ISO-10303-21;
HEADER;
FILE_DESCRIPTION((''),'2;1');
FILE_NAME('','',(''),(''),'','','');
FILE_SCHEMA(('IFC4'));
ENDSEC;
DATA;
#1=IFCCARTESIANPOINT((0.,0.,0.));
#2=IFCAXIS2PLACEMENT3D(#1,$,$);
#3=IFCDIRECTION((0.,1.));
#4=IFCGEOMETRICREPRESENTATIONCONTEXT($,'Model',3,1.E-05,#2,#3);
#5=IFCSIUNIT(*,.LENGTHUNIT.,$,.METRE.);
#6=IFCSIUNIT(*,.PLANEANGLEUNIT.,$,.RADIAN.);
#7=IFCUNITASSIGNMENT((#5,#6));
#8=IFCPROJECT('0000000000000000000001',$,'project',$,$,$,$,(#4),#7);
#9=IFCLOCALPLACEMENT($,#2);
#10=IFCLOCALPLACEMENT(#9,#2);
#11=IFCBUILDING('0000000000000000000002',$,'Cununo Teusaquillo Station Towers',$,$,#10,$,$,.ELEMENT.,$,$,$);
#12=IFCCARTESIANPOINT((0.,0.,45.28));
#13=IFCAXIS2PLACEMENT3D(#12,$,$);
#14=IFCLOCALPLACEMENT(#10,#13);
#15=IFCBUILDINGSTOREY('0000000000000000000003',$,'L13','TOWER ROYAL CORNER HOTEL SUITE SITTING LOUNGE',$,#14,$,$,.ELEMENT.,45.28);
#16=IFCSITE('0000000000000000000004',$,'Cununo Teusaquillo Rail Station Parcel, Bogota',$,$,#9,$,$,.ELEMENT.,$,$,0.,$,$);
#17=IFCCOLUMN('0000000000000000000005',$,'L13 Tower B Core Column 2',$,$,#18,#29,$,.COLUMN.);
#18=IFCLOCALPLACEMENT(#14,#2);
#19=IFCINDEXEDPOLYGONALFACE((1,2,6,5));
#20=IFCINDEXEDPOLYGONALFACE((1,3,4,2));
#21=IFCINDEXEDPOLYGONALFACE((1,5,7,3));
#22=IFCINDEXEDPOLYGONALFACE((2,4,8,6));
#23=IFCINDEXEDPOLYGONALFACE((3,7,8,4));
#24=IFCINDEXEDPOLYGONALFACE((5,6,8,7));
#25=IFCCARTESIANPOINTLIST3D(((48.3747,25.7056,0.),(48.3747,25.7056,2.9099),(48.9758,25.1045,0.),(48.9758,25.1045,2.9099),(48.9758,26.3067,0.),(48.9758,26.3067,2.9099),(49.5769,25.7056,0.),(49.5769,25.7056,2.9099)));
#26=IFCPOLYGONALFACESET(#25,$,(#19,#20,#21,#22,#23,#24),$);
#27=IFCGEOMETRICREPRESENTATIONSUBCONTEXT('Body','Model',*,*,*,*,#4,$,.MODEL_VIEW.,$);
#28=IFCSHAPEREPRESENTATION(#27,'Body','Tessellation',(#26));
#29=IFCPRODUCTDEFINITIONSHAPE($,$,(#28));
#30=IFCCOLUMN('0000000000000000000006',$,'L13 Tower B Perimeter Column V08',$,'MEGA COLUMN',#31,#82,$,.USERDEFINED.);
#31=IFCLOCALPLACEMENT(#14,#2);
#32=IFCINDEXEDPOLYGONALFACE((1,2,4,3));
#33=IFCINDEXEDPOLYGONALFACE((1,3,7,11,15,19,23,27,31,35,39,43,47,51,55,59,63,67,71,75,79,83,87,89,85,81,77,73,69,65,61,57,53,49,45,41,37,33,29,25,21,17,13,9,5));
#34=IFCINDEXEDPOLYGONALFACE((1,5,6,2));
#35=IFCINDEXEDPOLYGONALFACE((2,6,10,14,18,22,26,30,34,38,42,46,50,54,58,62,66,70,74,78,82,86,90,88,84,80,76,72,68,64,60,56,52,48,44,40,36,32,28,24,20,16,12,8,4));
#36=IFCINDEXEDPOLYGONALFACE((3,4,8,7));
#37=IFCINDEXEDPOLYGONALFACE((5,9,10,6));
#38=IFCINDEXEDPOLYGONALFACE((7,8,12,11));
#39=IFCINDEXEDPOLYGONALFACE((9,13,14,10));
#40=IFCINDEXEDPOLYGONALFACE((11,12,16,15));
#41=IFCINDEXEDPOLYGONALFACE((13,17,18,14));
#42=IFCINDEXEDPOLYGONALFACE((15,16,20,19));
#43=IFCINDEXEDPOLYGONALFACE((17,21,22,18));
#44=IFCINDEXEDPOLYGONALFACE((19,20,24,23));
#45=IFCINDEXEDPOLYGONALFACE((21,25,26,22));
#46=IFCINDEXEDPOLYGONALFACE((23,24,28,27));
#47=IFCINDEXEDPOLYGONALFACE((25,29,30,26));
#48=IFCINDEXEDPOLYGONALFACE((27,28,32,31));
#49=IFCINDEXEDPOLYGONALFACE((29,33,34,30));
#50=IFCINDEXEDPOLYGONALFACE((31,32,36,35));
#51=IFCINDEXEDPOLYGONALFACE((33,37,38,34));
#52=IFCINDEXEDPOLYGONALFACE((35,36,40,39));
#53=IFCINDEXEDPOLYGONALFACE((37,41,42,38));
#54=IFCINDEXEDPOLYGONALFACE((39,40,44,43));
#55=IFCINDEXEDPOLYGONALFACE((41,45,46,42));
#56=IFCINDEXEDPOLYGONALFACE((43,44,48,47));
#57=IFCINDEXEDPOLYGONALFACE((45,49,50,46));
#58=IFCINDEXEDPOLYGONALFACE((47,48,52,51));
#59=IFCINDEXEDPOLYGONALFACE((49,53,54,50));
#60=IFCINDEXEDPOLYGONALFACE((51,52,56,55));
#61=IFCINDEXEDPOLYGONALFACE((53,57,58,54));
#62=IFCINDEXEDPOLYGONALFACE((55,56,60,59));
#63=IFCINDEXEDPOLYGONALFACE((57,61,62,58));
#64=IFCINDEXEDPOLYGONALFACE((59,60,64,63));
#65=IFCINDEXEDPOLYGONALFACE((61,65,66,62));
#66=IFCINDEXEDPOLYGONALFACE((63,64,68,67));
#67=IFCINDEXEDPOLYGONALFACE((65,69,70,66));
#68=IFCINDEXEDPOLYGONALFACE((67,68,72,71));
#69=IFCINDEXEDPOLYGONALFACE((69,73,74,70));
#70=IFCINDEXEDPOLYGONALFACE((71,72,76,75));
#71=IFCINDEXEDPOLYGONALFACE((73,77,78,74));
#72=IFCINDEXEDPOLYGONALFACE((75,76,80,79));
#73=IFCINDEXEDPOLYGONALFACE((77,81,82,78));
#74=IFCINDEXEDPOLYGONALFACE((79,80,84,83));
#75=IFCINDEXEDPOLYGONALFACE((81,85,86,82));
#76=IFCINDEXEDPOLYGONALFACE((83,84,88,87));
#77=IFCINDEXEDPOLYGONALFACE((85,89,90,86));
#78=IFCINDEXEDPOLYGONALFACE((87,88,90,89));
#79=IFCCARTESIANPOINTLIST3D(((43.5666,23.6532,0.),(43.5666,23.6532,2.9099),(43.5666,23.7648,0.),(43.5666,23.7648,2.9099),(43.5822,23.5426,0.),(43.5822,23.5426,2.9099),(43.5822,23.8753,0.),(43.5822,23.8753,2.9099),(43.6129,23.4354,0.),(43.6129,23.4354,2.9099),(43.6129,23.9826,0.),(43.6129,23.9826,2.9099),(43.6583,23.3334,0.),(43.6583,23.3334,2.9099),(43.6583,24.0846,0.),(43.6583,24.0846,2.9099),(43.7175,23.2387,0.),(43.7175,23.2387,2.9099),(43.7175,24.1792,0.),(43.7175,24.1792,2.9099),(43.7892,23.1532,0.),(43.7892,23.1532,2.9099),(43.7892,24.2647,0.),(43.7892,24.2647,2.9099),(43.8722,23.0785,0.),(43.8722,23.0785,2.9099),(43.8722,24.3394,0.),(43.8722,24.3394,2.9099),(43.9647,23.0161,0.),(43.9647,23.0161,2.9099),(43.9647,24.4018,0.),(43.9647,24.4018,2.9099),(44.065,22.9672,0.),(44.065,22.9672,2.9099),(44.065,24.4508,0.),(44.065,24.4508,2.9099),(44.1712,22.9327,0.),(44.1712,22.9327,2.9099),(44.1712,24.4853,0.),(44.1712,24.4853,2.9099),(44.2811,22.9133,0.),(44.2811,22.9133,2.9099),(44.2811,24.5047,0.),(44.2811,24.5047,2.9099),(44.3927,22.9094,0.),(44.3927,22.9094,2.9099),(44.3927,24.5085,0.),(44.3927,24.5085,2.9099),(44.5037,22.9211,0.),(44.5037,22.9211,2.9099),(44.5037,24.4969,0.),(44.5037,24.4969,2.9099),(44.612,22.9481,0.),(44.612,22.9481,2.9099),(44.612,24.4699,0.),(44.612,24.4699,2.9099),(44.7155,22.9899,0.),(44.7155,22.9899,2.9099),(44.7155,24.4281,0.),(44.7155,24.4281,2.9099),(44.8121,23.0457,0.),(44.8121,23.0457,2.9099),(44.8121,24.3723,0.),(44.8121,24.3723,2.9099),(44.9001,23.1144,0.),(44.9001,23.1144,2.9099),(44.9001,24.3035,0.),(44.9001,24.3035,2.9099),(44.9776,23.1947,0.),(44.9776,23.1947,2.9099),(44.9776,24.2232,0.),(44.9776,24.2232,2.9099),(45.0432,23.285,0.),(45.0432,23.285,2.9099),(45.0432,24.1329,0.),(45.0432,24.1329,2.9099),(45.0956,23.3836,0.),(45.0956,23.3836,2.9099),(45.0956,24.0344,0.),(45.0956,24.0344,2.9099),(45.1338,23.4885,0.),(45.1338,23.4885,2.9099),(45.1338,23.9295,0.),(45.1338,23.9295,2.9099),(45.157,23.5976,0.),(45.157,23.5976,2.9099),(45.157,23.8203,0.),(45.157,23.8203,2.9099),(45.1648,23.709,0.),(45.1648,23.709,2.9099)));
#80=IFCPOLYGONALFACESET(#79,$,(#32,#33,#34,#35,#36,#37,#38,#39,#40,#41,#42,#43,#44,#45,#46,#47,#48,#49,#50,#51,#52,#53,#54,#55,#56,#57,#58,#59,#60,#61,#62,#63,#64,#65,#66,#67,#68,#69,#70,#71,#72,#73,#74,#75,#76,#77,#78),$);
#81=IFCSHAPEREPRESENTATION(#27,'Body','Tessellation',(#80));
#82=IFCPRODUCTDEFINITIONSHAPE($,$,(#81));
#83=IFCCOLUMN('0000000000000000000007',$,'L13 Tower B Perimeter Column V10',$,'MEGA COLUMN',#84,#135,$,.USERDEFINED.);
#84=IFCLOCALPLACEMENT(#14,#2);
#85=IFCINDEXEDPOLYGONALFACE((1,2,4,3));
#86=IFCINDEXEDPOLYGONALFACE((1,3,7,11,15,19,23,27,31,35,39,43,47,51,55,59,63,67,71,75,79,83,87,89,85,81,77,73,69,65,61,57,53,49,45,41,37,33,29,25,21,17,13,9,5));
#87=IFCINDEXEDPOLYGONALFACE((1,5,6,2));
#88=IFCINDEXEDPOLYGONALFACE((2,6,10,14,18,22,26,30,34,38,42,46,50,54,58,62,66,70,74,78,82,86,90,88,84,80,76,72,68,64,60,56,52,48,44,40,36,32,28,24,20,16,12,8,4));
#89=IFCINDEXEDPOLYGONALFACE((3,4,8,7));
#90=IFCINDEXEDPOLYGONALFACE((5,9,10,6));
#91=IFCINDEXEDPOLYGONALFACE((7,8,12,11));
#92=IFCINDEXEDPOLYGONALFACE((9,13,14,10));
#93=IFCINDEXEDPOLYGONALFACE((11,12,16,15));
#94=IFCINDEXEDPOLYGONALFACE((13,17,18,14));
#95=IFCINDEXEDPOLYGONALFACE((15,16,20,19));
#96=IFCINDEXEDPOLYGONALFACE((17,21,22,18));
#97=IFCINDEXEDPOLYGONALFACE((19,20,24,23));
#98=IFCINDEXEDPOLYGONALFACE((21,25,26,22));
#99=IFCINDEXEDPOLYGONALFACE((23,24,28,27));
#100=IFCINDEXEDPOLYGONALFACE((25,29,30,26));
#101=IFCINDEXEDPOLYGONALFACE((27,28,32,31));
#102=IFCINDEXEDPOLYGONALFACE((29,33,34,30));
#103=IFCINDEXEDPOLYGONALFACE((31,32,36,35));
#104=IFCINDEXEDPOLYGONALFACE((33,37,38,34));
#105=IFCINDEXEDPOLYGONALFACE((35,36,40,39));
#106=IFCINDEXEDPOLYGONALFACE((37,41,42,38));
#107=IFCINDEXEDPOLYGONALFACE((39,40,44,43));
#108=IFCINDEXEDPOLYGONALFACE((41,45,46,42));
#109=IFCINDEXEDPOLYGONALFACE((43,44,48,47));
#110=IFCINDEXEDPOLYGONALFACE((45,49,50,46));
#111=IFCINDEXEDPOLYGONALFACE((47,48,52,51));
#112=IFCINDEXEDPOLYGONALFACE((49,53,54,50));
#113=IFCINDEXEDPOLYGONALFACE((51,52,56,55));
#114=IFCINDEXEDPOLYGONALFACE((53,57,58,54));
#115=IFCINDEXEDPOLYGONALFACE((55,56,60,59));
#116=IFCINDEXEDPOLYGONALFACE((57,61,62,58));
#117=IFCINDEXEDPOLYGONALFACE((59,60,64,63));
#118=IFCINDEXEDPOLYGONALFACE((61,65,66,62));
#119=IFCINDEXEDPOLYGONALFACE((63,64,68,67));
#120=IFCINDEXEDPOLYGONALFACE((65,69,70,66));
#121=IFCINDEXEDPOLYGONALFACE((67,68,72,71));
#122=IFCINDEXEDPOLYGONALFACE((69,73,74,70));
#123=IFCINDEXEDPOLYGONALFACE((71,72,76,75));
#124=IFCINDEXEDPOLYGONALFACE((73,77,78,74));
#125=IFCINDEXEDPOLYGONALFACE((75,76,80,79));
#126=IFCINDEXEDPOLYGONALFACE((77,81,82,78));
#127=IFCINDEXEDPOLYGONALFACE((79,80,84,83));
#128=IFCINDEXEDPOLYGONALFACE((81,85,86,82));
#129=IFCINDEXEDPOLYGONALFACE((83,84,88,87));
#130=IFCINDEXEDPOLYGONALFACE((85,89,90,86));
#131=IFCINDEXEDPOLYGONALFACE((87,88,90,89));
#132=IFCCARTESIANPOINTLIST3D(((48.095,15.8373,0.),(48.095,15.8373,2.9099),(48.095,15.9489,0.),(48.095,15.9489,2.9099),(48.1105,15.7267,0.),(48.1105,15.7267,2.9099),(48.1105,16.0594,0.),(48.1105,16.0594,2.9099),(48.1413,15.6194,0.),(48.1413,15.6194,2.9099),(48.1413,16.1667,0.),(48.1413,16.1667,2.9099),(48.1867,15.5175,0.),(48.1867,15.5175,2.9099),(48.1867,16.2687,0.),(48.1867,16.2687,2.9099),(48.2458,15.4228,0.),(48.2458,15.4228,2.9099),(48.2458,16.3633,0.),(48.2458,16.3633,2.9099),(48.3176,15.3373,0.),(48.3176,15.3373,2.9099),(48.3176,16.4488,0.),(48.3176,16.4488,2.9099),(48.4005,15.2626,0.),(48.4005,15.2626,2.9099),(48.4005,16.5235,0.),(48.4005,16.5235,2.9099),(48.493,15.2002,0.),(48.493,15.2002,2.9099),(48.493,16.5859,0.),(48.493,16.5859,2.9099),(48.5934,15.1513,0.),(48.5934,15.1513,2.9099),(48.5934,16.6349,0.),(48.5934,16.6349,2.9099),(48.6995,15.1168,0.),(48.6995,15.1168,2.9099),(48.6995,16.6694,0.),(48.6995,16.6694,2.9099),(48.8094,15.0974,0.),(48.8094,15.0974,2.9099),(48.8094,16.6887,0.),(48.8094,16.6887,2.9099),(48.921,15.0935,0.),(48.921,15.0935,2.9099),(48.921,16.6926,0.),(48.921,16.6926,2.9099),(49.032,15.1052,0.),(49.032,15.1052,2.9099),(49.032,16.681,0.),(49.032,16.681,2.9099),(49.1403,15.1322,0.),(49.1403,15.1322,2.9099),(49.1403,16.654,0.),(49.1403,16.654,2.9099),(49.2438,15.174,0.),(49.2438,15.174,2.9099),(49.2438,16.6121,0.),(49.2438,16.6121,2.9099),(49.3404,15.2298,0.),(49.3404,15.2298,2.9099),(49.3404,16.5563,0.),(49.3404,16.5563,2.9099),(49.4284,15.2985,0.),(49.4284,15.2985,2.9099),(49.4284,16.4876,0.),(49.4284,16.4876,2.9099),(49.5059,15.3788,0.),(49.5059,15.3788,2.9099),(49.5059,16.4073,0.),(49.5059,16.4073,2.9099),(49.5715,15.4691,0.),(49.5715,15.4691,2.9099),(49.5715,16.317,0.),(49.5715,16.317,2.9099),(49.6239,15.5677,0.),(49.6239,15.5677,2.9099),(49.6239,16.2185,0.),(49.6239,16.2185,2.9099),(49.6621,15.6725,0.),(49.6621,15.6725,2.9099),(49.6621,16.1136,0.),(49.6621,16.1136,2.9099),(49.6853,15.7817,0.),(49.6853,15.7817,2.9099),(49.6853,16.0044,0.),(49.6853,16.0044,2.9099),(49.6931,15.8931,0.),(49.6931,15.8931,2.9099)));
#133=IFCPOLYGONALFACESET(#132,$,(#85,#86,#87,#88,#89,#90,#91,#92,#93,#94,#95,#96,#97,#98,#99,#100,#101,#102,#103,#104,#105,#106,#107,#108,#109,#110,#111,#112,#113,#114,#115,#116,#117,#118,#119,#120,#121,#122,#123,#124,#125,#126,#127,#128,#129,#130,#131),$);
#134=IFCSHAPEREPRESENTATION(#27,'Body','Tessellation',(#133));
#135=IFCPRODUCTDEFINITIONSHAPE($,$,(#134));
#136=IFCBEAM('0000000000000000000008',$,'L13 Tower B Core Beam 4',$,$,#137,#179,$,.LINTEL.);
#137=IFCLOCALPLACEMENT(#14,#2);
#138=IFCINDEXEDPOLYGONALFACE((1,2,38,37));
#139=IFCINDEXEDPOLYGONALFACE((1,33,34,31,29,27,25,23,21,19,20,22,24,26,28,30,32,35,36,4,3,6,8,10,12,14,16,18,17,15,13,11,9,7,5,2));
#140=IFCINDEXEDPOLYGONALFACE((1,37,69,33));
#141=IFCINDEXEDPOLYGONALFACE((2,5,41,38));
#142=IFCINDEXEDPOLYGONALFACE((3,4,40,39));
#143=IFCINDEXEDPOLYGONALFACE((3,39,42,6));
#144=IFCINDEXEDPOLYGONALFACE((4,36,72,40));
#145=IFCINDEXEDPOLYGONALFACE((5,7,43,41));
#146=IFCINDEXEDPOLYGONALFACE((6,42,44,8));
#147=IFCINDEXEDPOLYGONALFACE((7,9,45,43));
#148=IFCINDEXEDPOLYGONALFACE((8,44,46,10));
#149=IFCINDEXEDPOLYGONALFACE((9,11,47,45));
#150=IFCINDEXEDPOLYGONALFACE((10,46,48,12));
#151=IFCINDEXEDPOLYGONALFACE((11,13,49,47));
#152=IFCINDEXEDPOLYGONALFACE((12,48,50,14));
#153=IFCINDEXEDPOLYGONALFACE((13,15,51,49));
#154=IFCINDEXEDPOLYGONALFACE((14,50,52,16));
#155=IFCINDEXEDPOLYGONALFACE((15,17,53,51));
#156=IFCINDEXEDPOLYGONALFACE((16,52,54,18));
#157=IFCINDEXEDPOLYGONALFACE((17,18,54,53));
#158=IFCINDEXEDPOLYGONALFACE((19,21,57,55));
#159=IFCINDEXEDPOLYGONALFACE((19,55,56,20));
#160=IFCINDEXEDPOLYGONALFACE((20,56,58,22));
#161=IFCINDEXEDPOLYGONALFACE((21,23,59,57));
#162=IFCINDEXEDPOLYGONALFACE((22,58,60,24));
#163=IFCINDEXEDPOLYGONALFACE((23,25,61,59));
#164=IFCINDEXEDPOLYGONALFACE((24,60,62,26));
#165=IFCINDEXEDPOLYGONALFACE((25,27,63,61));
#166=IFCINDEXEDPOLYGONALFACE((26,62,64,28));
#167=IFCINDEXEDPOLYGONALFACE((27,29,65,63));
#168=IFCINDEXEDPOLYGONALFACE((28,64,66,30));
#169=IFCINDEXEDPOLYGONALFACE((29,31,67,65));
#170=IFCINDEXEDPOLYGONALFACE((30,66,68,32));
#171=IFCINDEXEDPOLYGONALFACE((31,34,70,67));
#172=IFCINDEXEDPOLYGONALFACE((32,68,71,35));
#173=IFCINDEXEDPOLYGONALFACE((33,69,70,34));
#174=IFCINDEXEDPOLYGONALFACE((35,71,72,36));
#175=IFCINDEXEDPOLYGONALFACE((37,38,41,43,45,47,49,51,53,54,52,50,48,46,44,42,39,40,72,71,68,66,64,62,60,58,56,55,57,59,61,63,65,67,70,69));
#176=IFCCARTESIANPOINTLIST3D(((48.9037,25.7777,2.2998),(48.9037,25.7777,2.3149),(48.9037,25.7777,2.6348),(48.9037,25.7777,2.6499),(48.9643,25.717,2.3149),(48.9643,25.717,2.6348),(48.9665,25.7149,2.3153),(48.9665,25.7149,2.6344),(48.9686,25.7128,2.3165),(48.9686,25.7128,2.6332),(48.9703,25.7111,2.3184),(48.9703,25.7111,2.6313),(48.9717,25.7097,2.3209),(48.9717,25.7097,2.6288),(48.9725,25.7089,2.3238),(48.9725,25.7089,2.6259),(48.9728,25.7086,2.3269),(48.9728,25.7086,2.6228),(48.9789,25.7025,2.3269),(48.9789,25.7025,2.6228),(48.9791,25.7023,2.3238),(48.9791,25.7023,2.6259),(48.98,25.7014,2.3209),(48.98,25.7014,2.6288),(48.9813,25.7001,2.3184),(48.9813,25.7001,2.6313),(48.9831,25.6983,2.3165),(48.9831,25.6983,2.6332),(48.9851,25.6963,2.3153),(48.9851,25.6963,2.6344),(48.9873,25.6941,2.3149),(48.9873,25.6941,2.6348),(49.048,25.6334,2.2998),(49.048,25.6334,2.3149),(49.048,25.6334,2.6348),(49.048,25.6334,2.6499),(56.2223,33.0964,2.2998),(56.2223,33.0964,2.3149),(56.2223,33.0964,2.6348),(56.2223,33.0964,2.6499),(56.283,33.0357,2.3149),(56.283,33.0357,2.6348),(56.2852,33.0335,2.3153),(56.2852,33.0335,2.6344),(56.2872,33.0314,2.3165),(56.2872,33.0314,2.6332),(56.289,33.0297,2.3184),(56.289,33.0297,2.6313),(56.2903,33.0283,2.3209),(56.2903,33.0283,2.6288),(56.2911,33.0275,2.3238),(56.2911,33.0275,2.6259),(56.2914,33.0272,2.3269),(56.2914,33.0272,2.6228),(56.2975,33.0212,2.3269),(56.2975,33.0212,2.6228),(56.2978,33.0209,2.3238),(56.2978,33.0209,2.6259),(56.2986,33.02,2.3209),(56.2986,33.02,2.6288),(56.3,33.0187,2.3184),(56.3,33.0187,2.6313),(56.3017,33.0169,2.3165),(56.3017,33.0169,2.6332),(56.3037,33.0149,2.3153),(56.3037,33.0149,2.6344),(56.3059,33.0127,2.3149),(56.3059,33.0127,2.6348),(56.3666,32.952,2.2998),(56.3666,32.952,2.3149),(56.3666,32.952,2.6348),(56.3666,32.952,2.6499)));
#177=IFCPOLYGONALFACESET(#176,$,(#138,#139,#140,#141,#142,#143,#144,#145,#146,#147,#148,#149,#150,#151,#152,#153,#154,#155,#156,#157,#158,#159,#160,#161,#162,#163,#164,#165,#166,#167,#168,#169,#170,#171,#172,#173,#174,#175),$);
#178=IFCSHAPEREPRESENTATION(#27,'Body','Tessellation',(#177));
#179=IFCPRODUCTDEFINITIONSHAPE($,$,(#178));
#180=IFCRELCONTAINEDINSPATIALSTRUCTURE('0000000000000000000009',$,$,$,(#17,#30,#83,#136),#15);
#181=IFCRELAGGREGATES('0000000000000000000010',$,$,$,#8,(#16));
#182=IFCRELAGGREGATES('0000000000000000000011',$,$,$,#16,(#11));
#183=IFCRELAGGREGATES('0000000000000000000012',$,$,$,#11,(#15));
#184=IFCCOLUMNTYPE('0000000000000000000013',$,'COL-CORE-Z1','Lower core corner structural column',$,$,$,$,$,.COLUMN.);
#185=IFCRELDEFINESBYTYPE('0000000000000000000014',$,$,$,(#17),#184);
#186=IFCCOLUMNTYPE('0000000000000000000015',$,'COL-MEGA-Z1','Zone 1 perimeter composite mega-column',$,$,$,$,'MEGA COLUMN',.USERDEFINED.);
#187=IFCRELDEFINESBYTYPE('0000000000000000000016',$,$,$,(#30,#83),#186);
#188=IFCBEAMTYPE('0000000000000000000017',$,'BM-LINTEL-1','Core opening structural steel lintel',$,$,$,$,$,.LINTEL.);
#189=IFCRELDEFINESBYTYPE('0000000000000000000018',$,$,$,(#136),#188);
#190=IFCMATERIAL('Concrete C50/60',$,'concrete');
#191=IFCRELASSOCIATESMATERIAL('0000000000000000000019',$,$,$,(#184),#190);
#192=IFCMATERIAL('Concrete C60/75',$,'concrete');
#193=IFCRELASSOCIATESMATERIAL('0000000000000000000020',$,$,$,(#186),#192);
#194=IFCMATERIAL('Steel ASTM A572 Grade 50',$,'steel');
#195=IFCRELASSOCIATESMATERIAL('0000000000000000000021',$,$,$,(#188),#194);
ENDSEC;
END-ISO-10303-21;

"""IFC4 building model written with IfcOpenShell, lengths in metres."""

from ifc_helpers import new_model, si_unit, direction, frame, origin, origin_2d, place, context, subcontext, project, spatial, rectangle, circle, i_section, extrude, material, material_profile, profile_set, type_object, element, save


model = new_model("IFC4")

# Units and contexts
model_context = context("Model", 3, precision=1e-05, world=origin(), true_north=direction((0.0, 1.0)))
body_context = subcontext(model_context, "Body", "Model", "MODEL_VIEW")
ifc_project = project(units=[si_unit("LENGTHUNIT", "METRE"), si_unit("PLANEANGLEUNIT", "RADIAN")], contexts=[model_context])

# Site, building, storey
site_placement = place(None, origin())
site = spatial("IfcSite", under=ifc_project, at=site_placement, Name="Cununo Teusaquillo Rail Station Parcel, Bogota", CompositionType="ELEMENT", RefElevation=0.0)
building_placement = place(site_placement, origin())
building = spatial("IfcBuilding", under=site, at=building_placement, Name="Cununo Teusaquillo Station Towers", CompositionType="ELEMENT")
storey_placement = place(building_placement, frame((0.0, 0.0, 45.28)))
storey = spatial("IfcBuildingStorey", under=building, at=storey_placement, Name="L13", Description="TOWER ROYAL CORNER HOTEL SUITE SITTING LOUNGE", CompositionType="ELEMENT", Elevation=45.28)

# Columns
ifc_material_1 = material(Name="Concrete C50/60", Category="concrete")
ifc_material_profile_1 = material_profile(ifc_material_1, rectangle(XDim=0.8501, YDim=0.8501, at=origin_2d()), Name="RC-RECT-850x850")
ifc_profile_set_1 = profile_set([ifc_material_profile_1], Name="Concrete C50/60")
column_type_1 = type_object("IfcColumnType", Name="COL-CORE-Z1", Description="Lower core corner structural column", PredefinedType="COLUMN", material=ifc_profile_set_1)
column_placement = place(storey_placement, frame((48.9758, 25.7056, 0.0), z_axis=(0.0, 0.0, 1.0), x_axis=(0.707107, 0.707107, 0.0)))
element("IfcColumn", 1, at=column_placement, inside=storey, type_object=column_type_1, Name="L13 Tower B Core Column 2", PredefinedType="COLUMN", context=body_context, shape_type="SweptSolid", body=[
    extrude(rectangle(XDim=0.8501, YDim=0.8501, at=origin_2d()), origin(), (0.0, 0.0, 1.0), 2.9099),
])
ifc_material_2 = material(Name="Concrete C60/75", Category="concrete")
ifc_material_profile_2 = material_profile(ifc_material_2, circle(Radius=0.8, at=origin_2d()), Name="RC-CIRC-1600")
ifc_profile_set_2 = profile_set([ifc_material_profile_2], Name="Concrete C60/75")
column_type_2 = type_object("IfcColumnType", Name="COL-MEGA-Z1", Description="Zone 1 perimeter composite mega-column", ElementType="MEGA COLUMN", PredefinedType="USERDEFINED", material=ifc_profile_set_2)
for number, where, z_axis, x_axis, name in (
    (2, (44.3647, 23.709, 0.0), (0.0, 0.0, 1.0), (1.0, 0.0, 0.0), "L13 Tower B Perimeter Column V08"),
    (3, (48.8931, 15.8931, 0.0), (0.0, 0.0, 1.0), (1.0, 0.0, 0.0), "L13 Tower B Perimeter Column V10"),
):
    element("IfcColumn", number, at=place(storey_placement, frame(where, z_axis=z_axis, x_axis=x_axis)), inside=storey, type_object=column_type_2, Name=name, ObjectType="MEGA COLUMN", PredefinedType="USERDEFINED", context=body_context, shape_type="SweptSolid", body=[
        extrude(circle(Radius=0.8, at=origin_2d()), origin(), (0.0, 0.0, 1.0), 2.9099),
    ])

# Beam
ifc_material_3 = material(Name="Steel ASTM A572 Grade 50", Category="steel")
ifc_material_profile_3 = material_profile(ifc_material_3, i_section(OverallWidth=0.2041, OverallDepth=0.3501, WebThickness=0.0085, FlangeThickness=0.0151, FilletRadius=0.012, at=origin_2d()), Name="W14X48")
ifc_profile_set_3 = profile_set([ifc_material_profile_3], Name="Steel ASTM A572 Grade 50")
beam_type_1 = type_object("IfcBeamType", Name="BM-LINTEL-1", Description="Core opening structural steel lintel", PredefinedType="LINTEL", material=ifc_profile_set_3)
beam_1_placement = place(storey_placement, frame((48.9758, 25.7056, 2.4749), z_axis=(0.707107, 0.707107, 0.0), x_axis=(-0.707107, 0.707107, 0.0)))
element("IfcBeam", 4, at=beam_1_placement, inside=storey, type_object=beam_type_1, Name="L13 Tower B Core Beam 4", PredefinedType="LINTEL", context=body_context, shape_type="SweptSolid", body=[
    extrude(i_section(OverallWidth=0.2041, OverallDepth=0.3501, WebThickness=0.0085, FlangeThickness=0.0151, FilletRadius=0.012, at=origin_2d()), origin(), (0.0, 0.0, 1.0), 10.3501),
])

save(model, "model.ifc")
